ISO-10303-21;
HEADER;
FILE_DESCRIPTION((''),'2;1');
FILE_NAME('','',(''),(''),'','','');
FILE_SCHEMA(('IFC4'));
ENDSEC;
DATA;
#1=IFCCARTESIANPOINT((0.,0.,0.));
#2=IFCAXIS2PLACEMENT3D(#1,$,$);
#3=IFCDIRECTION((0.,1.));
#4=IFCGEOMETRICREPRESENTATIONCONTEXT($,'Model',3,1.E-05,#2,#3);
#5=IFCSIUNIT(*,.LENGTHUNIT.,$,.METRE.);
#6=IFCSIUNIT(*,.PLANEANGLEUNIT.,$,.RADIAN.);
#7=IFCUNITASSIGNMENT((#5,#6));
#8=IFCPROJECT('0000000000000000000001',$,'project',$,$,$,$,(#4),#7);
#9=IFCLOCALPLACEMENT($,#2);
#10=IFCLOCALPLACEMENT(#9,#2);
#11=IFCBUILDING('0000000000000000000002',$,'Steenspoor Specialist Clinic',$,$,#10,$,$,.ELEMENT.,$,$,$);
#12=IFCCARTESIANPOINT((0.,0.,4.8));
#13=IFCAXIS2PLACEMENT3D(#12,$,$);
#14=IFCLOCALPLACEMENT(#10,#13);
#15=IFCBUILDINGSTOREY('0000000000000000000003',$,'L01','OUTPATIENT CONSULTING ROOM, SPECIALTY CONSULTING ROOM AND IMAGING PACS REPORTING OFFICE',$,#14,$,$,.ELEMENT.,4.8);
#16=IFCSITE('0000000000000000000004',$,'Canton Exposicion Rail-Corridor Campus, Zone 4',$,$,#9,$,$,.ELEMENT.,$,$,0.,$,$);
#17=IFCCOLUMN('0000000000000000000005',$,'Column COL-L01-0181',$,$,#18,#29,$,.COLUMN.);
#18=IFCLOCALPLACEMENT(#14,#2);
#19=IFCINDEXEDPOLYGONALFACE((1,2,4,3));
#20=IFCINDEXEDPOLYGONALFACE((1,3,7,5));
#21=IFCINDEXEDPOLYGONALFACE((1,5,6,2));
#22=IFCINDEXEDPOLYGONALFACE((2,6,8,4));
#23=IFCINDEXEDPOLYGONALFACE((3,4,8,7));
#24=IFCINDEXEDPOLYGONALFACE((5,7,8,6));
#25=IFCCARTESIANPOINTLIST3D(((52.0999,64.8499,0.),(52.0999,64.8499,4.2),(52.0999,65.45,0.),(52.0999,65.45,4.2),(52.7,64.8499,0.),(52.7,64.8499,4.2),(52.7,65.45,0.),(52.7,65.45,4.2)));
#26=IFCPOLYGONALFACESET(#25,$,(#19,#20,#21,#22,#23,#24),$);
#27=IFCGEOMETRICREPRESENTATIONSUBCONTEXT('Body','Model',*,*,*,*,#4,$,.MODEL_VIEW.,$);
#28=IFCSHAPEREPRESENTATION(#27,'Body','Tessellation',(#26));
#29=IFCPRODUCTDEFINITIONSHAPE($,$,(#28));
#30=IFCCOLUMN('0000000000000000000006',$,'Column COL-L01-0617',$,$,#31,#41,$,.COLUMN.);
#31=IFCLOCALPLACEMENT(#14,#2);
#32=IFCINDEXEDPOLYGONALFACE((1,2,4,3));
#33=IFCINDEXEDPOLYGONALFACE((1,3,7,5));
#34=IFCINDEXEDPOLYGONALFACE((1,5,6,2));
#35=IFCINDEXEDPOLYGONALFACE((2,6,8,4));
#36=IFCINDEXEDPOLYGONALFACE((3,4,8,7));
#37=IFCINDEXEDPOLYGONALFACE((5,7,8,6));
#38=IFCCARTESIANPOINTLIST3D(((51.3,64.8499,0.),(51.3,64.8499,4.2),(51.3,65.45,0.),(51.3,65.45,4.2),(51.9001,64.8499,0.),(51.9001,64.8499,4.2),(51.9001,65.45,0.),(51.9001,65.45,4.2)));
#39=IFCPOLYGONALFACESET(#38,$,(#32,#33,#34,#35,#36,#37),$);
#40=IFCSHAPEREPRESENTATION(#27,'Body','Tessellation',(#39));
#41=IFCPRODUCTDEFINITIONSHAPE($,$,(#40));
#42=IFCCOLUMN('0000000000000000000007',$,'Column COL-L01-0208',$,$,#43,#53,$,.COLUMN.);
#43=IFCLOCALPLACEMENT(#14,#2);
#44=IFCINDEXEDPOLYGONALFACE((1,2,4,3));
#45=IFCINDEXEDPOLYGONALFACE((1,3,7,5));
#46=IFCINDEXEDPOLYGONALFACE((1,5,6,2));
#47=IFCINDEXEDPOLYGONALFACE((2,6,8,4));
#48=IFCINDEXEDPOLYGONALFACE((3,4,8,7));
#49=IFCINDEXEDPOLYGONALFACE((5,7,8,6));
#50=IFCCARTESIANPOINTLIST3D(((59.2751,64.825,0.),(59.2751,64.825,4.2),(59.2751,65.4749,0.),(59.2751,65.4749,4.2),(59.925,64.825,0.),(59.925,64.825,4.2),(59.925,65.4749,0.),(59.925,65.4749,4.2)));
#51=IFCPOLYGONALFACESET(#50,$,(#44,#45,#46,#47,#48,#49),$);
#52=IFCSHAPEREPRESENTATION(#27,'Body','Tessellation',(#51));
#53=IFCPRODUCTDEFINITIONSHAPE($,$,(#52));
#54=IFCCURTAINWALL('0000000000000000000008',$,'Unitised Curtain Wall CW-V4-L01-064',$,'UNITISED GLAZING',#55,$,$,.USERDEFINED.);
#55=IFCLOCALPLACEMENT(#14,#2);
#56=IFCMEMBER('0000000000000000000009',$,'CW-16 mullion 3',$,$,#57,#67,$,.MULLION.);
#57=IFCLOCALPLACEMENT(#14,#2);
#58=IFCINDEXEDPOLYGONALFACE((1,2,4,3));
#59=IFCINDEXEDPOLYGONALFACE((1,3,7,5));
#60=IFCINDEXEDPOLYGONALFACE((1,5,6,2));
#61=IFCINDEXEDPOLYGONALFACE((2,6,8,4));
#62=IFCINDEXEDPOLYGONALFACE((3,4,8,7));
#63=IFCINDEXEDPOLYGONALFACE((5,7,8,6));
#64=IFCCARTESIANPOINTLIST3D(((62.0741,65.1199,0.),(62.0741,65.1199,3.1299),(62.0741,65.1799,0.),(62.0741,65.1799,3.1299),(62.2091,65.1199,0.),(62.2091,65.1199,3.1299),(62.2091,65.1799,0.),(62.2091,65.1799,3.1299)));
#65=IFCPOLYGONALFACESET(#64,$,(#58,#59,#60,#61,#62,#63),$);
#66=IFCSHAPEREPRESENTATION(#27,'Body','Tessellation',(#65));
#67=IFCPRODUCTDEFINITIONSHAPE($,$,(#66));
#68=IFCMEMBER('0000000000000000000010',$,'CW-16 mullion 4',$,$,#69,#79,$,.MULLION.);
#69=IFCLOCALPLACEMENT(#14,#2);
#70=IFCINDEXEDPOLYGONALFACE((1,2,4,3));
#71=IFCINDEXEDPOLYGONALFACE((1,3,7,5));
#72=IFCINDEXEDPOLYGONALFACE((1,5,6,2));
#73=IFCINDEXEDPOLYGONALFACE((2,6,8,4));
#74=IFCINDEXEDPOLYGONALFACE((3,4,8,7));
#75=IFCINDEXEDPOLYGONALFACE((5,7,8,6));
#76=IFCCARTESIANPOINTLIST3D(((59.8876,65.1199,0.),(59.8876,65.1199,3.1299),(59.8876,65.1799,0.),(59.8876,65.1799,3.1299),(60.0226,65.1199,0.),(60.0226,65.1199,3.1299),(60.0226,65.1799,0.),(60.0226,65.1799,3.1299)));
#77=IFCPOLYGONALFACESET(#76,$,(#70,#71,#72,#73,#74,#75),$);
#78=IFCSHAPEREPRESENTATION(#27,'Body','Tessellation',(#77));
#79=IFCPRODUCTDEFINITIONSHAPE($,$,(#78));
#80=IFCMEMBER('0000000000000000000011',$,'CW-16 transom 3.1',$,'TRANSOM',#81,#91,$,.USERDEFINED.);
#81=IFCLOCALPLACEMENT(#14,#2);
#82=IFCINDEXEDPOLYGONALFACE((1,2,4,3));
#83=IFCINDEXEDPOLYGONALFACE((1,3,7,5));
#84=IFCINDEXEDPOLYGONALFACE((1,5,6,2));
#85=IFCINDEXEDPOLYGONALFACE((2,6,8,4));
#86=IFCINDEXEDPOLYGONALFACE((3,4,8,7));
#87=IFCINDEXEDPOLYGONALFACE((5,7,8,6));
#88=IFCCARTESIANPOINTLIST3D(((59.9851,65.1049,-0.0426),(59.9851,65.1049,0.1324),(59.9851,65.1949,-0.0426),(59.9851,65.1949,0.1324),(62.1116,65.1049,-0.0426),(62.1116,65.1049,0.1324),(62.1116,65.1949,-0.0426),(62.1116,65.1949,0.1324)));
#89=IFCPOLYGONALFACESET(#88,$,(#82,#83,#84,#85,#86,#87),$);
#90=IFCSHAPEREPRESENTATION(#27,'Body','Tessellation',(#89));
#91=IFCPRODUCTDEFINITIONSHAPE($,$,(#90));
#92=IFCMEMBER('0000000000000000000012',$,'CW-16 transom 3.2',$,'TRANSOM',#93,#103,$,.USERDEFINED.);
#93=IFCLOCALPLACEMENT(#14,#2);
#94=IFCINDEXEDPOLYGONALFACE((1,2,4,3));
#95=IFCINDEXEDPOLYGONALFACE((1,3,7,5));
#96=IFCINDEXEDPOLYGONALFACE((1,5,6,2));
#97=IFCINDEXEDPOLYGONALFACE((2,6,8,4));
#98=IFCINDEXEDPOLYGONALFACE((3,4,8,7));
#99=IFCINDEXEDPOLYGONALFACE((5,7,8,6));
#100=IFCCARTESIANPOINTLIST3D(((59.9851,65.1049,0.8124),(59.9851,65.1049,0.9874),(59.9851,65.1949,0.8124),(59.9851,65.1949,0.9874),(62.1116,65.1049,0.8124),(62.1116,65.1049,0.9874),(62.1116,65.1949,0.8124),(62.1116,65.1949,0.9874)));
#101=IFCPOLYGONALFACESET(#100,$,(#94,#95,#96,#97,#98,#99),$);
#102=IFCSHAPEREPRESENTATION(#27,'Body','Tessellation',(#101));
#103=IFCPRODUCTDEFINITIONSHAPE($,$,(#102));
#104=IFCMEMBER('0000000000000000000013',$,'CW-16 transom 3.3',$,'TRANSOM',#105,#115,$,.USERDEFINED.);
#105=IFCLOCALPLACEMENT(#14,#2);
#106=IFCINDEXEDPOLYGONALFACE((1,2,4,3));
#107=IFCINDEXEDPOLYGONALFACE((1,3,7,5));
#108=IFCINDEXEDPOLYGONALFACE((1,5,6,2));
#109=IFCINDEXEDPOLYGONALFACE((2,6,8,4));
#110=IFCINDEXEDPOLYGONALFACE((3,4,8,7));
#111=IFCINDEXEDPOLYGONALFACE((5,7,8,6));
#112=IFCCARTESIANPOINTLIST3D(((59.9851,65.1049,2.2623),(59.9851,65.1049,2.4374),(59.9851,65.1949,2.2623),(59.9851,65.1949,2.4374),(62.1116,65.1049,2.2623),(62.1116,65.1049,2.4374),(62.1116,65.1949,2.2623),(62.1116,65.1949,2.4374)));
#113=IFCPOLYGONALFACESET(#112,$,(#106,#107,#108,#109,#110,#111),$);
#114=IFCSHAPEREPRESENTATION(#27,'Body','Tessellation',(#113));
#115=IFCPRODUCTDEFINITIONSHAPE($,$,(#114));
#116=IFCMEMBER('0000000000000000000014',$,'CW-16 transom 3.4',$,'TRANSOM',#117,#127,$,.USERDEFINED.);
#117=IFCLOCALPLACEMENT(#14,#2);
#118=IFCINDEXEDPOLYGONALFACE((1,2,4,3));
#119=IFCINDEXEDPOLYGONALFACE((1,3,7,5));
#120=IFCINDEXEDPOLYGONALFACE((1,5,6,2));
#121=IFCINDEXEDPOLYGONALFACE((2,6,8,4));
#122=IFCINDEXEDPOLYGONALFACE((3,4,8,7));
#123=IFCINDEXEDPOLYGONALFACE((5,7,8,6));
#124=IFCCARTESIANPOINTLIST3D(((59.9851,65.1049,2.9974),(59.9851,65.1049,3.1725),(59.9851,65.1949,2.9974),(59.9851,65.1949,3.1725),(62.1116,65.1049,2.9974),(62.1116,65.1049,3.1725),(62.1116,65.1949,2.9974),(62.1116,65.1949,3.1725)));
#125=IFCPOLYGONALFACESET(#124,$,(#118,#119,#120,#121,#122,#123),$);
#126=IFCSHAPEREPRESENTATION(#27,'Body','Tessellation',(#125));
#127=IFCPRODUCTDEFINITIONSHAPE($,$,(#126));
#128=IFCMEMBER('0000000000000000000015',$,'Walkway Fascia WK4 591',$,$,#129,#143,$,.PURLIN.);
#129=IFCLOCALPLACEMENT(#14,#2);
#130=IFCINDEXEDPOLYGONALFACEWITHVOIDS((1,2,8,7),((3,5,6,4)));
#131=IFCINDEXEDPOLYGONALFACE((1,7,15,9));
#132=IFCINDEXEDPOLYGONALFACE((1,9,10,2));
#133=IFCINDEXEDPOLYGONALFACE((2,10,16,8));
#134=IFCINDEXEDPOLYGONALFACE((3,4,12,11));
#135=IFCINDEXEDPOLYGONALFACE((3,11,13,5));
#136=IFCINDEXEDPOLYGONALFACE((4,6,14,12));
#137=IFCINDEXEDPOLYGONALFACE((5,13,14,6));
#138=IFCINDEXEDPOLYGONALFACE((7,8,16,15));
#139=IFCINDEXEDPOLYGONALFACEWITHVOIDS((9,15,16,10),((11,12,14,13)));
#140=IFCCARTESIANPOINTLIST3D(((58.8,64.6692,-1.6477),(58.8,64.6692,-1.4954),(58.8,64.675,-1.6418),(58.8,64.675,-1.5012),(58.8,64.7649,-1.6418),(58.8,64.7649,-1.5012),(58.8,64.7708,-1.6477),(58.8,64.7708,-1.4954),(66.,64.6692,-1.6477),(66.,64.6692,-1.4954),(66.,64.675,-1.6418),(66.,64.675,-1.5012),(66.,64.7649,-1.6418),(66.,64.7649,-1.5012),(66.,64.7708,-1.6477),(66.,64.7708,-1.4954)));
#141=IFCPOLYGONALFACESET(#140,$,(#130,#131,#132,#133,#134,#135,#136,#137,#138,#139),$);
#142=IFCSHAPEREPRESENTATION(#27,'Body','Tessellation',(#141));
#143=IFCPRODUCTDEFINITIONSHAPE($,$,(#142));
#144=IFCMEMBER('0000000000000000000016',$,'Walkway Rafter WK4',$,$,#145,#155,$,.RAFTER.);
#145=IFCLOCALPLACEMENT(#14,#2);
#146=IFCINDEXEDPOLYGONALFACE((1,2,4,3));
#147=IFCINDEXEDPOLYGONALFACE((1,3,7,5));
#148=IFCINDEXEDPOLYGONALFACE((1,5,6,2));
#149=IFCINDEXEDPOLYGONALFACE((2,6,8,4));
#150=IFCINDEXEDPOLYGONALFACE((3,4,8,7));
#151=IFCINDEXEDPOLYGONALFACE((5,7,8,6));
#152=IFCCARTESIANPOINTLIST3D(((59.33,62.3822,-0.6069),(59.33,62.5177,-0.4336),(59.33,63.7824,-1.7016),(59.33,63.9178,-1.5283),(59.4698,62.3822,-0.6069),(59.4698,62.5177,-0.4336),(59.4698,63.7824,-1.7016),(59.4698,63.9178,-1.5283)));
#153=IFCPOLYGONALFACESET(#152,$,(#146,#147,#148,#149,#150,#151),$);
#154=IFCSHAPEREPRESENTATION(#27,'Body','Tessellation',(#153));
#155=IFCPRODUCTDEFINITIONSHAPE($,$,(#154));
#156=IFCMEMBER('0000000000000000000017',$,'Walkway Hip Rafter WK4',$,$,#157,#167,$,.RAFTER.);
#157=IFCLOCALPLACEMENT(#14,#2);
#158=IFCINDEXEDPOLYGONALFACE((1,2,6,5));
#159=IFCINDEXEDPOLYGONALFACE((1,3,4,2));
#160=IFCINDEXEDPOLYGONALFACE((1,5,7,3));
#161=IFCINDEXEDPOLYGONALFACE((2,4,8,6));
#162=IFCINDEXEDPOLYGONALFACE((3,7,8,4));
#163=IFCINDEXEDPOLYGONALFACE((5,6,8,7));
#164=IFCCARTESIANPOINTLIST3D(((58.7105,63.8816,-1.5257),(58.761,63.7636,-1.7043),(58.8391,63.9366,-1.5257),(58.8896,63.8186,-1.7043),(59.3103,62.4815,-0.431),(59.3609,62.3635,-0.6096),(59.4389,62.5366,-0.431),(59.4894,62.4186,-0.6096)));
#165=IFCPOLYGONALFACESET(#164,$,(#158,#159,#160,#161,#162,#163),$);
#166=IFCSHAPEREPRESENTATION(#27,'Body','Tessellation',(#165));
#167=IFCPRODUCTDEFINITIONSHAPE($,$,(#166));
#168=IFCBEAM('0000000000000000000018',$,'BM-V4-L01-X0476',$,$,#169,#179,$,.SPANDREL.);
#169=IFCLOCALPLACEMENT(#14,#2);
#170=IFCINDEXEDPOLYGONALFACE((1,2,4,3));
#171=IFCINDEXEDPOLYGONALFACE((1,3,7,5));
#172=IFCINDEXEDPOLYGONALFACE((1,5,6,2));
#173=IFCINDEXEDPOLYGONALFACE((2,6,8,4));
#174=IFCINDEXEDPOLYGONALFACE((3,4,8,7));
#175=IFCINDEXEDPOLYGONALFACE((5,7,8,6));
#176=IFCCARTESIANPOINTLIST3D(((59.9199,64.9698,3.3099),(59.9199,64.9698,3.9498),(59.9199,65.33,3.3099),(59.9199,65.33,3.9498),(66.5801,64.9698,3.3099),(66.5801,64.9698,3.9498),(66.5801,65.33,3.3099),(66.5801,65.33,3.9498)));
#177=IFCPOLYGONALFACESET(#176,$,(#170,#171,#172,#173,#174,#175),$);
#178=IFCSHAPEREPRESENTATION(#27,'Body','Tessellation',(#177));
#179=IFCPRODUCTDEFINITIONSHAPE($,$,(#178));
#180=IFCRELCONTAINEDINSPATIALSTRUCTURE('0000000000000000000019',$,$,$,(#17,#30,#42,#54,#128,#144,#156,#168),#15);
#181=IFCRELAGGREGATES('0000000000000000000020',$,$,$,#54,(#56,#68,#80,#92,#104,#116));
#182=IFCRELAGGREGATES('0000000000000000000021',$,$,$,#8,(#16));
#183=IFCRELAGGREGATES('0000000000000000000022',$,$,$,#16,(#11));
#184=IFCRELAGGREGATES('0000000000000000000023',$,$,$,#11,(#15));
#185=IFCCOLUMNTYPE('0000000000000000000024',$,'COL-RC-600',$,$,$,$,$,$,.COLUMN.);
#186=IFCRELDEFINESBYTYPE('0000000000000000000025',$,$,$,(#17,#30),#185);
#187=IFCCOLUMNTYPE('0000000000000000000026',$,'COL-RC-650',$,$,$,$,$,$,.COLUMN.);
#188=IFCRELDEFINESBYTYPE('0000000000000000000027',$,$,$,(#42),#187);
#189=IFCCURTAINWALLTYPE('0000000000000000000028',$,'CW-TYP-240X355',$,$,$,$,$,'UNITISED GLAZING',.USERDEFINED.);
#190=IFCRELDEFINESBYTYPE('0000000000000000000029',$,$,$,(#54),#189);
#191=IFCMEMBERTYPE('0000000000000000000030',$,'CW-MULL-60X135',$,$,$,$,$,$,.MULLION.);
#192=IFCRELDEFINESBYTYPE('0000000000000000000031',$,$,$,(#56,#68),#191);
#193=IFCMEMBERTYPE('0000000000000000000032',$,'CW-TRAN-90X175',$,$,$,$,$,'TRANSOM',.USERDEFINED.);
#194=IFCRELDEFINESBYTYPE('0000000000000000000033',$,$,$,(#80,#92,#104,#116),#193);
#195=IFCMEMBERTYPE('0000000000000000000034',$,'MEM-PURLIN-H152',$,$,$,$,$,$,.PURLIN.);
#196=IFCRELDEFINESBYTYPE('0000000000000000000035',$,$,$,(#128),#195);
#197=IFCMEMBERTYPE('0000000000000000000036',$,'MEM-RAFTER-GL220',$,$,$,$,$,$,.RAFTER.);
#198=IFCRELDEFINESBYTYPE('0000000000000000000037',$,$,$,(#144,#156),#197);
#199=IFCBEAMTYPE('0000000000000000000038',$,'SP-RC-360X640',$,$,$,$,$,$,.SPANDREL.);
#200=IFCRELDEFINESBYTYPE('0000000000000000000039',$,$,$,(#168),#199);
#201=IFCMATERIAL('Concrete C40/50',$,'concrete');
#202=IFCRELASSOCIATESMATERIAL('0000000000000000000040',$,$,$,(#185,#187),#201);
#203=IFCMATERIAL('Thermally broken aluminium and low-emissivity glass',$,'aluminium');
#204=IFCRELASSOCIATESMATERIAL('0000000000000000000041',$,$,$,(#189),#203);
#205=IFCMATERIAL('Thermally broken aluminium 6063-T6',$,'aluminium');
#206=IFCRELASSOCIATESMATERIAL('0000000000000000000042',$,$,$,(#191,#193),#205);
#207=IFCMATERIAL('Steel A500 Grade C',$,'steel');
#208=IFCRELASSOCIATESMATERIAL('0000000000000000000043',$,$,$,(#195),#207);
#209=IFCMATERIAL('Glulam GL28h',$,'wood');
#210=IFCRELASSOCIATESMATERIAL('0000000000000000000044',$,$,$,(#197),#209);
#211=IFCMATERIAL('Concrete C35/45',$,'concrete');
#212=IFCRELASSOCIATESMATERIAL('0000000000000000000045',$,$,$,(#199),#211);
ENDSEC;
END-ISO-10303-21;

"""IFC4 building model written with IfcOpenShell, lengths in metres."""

from ifc_helpers import new_model, si_unit, direction, frame, origin, origin_2d, place, context, subcontext, project, spatial, rectangle, hollow_rectangle, extrude, material, material_profile, profile_set, type_object, element, aggregate, save


model = new_model("IFC4")

# Units and contexts
model_context = context("Model", 3, precision=1e-05, world=origin(), true_north=direction((0.0, 1.0)))
body_context = subcontext(model_context, "Body", "Model", "MODEL_VIEW")
ifc_project = project(units=[si_unit("LENGTHUNIT", "METRE"), si_unit("PLANEANGLEUNIT", "RADIAN")], contexts=[model_context])

# Site, building, storey
site_placement = place(None, origin())
site = spatial("IfcSite", under=ifc_project, at=site_placement, Name="Canton Exposicion Rail-Corridor Campus, Zone 4", CompositionType="ELEMENT", RefElevation=0.0)
building_placement = place(site_placement, origin())
building = spatial("IfcBuilding", under=site, at=building_placement, Name="Steenspoor Specialist Clinic", CompositionType="ELEMENT")
storey_placement = place(building_placement, frame((0.0, 0.0, 4.8)))
storey = spatial("IfcBuildingStorey", under=building, at=storey_placement, Name="L01", Description="OUTPATIENT CONSULTING ROOM, SPECIALTY CONSULTING ROOM AND IMAGING PACS REPORTING OFFICE", CompositionType="ELEMENT", Elevation=4.8)

# Columns
ifc_material_1 = material(Name="Concrete C40/50", Category="concrete")
ifc_material_profile_1 = material_profile(ifc_material_1, rectangle(XDim=0.6001, YDim=0.6001, at=origin_2d()), Name="RC-COL-600X600")
ifc_profile_set_1 = profile_set([ifc_material_profile_1], Name="Concrete C40/50")
column_type_1 = type_object("IfcColumnType", Name="COL-RC-600", PredefinedType="COLUMN", material=ifc_profile_set_1)
for number, where, z_axis, x_axis, name in (
    (1, (52.3999, 65.1499, 0.0), (0.0, 0.0, 1.0), (1.0, 0.0, 0.0), "Column COL-L01-0181"),
    (2, (51.6001, 65.1499, 0.0), (0.0, 0.0, 1.0), (1.0, 0.0, 0.0), "Column COL-L01-0617"),
):
    element("IfcColumn", number, at=place(storey_placement, frame(where, z_axis=z_axis, x_axis=x_axis)), inside=storey, type_object=column_type_1, Name=name, PredefinedType="COLUMN", context=body_context, shape_type="SweptSolid", body=[
        extrude(rectangle(XDim=0.6001, YDim=0.6001, at=origin_2d()), origin(), (0.0, 0.0, 1.0), 4.2),
    ])
ifc_material_profile_2 = material_profile(ifc_material_1, rectangle(XDim=0.6499, YDim=0.6499, at=origin_2d()), Name="RC-COL-650X650")
ifc_profile_set_2 = profile_set([ifc_material_profile_2], Name="Concrete C40/50")
column_type_2 = type_object("IfcColumnType", Name="COL-RC-650", PredefinedType="COLUMN", material=ifc_profile_set_2)
column_placement = place(storey_placement, frame((59.6001, 65.1499, 0.0), z_axis=(0.0, 0.0, 1.0), x_axis=(1.0, 0.0, 0.0)))
element("IfcColumn", 3, at=column_placement, inside=storey, type_object=column_type_2, Name="Column COL-L01-0208", PredefinedType="COLUMN", context=body_context, shape_type="SweptSolid", body=[
    extrude(rectangle(XDim=0.6499, YDim=0.6499, at=origin_2d()), origin(), (0.0, 0.0, 1.0), 4.2),
])

# Curtain wall, members
ifc_material_2 = material(Name="Thermally broken aluminium and low-emissivity glass", Category="aluminium")
curtain_wall_type = type_object("IfcCurtainWallType", Name="CW-TYP-240X355", ElementType="UNITISED GLAZING", PredefinedType="USERDEFINED", material=ifc_material_2)
curtain_wall_placement = place(storey_placement, origin())
curtain_wall = element("IfcCurtainWall", 4, at=curtain_wall_placement, inside=storey, type_object=curtain_wall_type, Name="Unitised Curtain Wall CW-V4-L01-064", ObjectType="UNITISED GLAZING", PredefinedType="USERDEFINED")
ifc_material_3 = material(Name="Thermally broken aluminium 6063-T6", Category="aluminium")
ifc_material_profile_3 = material_profile(ifc_material_3, rectangle(XDim=0.0601, YDim=0.135, at=origin_2d()), Name="CWM-60X135")
ifc_profile_set_3 = profile_set([ifc_material_profile_3], Name="Thermally broken aluminium 6063-T6")
member_type_1 = type_object("IfcMemberType", Name="CW-MULL-60X135", PredefinedType="MULLION", material=ifc_profile_set_3)
member_1_placement = place(storey_placement, frame((62.1416, 65.1499, 0.0), z_axis=(0.0, 0.0, 1.0), x_axis=(0.0, -1.0, 0.0)))
member_1 = element("IfcMember", 5, at=member_1_placement, type_object=member_type_1, Name="CW-16 mullion 3", PredefinedType="MULLION", context=body_context, shape_type="SweptSolid", body=[
    extrude(rectangle(XDim=0.0601, YDim=0.135, at=origin_2d()), origin(), (0.0, 0.0, 1.0), 3.1299),
])
member_2_placement = place(storey_placement, frame((59.9551, 65.1499, 0.0), z_axis=(0.0, 0.0, 1.0), x_axis=(0.0, -1.0, 0.0)))
member_2 = element("IfcMember", 6, at=member_2_placement, type_object=member_type_1, Name="CW-16 mullion 4", PredefinedType="MULLION", context=body_context, shape_type="SweptSolid", body=[
    extrude(rectangle(XDim=0.0601, YDim=0.135, at=origin_2d()), origin(), (0.0, 0.0, 1.0), 3.1299),
])
ifc_material_profile_4 = material_profile(ifc_material_3, rectangle(XDim=0.0901, YDim=0.175, at=origin_2d()), Name="CWT-90X175")
ifc_profile_set_4 = profile_set([ifc_material_profile_4], Name="Thermally broken aluminium 6063-T6")
member_type_2 = type_object("IfcMemberType", Name="CW-TRAN-90X175", ElementType="TRANSOM", PredefinedType="USERDEFINED", material=ifc_profile_set_4)
member_3_placement = place(storey_placement, frame((62.1116, 65.1499, 0.0449), z_axis=(-1.0, 0.0, 0.0), x_axis=(0.0, -1.0, 0.0)))
member_3 = element("IfcMember", 7, at=member_3_placement, type_object=member_type_2, Name="CW-16 transom 3.1", ObjectType="TRANSOM", PredefinedType="USERDEFINED", context=body_context, shape_type="SweptSolid", body=[
    extrude(rectangle(XDim=0.0901, YDim=0.175, at=origin_2d()), origin(), (0.0, 0.0, 1.0), 2.1265),
])
member_4_placement = place(storey_placement, frame((62.1116, 65.1499, 0.8999), z_axis=(-1.0, 0.0, 0.0), x_axis=(0.0, -1.0, 0.0)))
member_4 = element("IfcMember", 8, at=member_4_placement, type_object=member_type_2, Name="CW-16 transom 3.2", ObjectType="TRANSOM", PredefinedType="USERDEFINED", context=body_context, shape_type="SweptSolid", body=[
    extrude(rectangle(XDim=0.0901, YDim=0.175, at=origin_2d()), origin(), (0.0, 0.0, 1.0), 2.1265),
])
member_5_placement = place(storey_placement, frame((62.1116, 65.1499, 2.3499), z_axis=(-1.0, 0.0, 0.0), x_axis=(0.0, -1.0, 0.0)))
member_5 = element("IfcMember", 9, at=member_5_placement, type_object=member_type_2, Name="CW-16 transom 3.3", ObjectType="TRANSOM", PredefinedType="USERDEFINED", context=body_context, shape_type="SweptSolid", body=[
    extrude(rectangle(XDim=0.0901, YDim=0.175, at=origin_2d()), origin(), (0.0, 0.0, 1.0), 2.1265),
])
member_6_placement = place(storey_placement, frame((62.1116, 65.1499, 3.085), z_axis=(-1.0, 0.0, 0.0), x_axis=(0.0, -1.0, 0.0)))
member_6 = element("IfcMember", 10, at=member_6_placement, type_object=member_type_2, Name="CW-16 transom 3.4", ObjectType="TRANSOM", PredefinedType="USERDEFINED", context=body_context, shape_type="SweptSolid", body=[
    extrude(rectangle(XDim=0.0901, YDim=0.175, at=origin_2d()), origin(), (0.0, 0.0, 1.0), 2.1265),
])

# Members
ifc_material_4 = material(Name="Steel A500 Grade C", Category="steel")
ifc_material_profile_5 = material_profile(ifc_material_4, hollow_rectangle(XDim=0.1016, YDim=0.1523, WallThickness=0.0059, at=origin_2d()), Name="HSS152X102X6.4")
ifc_profile_set_5 = profile_set([ifc_material_profile_5], Name="Steel A500 Grade C")
member_type_3 = type_object("IfcMemberType", Name="MEM-PURLIN-H152", PredefinedType="PURLIN", material=ifc_profile_set_5)
member_7_placement = place(storey_placement, frame((58.8, 64.72, -1.5715), z_axis=(1.0, 0.0, 0.0), x_axis=(0.0, 1.0, 0.0)))
element("IfcMember", 11, at=member_7_placement, inside=storey, type_object=member_type_3, Name="Walkway Fascia WK4 591", PredefinedType="PURLIN", context=body_context, shape_type="SweptSolid", body=[
    extrude(hollow_rectangle(XDim=0.1016, YDim=0.1523, WallThickness=0.0059, at=origin_2d()), origin(), (0.0, 0.0, 1.0), 7.2),
])
ifc_material_5 = material(Name="Glulam GL28h", Category="wood")
ifc_material_profile_6 = material_profile(ifc_material_5, rectangle(XDim=0.1399, YDim=0.22, at=origin_2d()), Name="GL28H-140X220")
ifc_profile_set_6 = profile_set([ifc_material_profile_6], Name="Glulam GL28h")
member_type_4 = type_object("IfcMemberType", Name="MEM-RAFTER-GL220", PredefinedType="RAFTER", material=ifc_profile_set_6)
member_8_placement = place(storey_placement, frame((59.3999, 63.8501, -1.615), z_axis=(0.0, -0.787789, 0.615945), x_axis=(1.0, 0.0, 0.0)))
element("IfcMember", 12, at=member_8_placement, inside=storey, type_object=member_type_4, Name="Walkway Rafter WK4", PredefinedType="RAFTER", context=body_context, shape_type="SweptSolid", body=[
    extrude(rectangle(XDim=0.1399, YDim=0.22, at=origin_2d()), origin(), (0.0, 0.0, 1.0), 1.7773),
])
member_9_placement = place(storey_placement, frame((58.8, 63.8501, -1.615), z_axis=(0.319784, -0.746423, 0.583602), x_axis=(0.919195, 0.393803, 0.0)))
element("IfcMember", 13, at=member_9_placement, inside=storey, type_object=member_type_4, Name="Walkway Hip Rafter WK4", PredefinedType="RAFTER", context=body_context, shape_type="SweptSolid", body=[
    extrude(rectangle(XDim=0.1399, YDim=0.22, at=origin_2d()), origin(), (0.0, 0.0, 1.0), 1.8757),
])

# Beam
ifc_material_6 = material(Name="Concrete C35/45", Category="concrete")
ifc_material_profile_7 = material_profile(ifc_material_6, rectangle(XDim=0.3601, YDim=0.6399, at=origin_2d()), Name="RC-SP-360X640")
ifc_profile_set_7 = profile_set([ifc_material_profile_7], Name="Concrete C35/45")
beam_type_1 = type_object("IfcBeamType", Name="SP-RC-360X640", PredefinedType="SPANDREL", material=ifc_profile_set_7)
beam_1_placement = place(storey_placement, frame((59.9199, 65.1499, 3.6299), z_axis=(1.0, 0.0, 0.0), x_axis=(0.0, 1.0, 0.0)))
element("IfcBeam", 14, at=beam_1_placement, inside=storey, type_object=beam_type_1, Name="BM-V4-L01-X0476", PredefinedType="SPANDREL", context=body_context, shape_type="SweptSolid", body=[
    extrude(rectangle(XDim=0.3601, YDim=0.6399, at=origin_2d()), origin(), (0.0, 0.0, 1.0), 6.6602),
])

aggregate(curtain_wall, [member_1, member_2, member_3, member_4, member_5, member_6])

save(model, "model.ifc")
